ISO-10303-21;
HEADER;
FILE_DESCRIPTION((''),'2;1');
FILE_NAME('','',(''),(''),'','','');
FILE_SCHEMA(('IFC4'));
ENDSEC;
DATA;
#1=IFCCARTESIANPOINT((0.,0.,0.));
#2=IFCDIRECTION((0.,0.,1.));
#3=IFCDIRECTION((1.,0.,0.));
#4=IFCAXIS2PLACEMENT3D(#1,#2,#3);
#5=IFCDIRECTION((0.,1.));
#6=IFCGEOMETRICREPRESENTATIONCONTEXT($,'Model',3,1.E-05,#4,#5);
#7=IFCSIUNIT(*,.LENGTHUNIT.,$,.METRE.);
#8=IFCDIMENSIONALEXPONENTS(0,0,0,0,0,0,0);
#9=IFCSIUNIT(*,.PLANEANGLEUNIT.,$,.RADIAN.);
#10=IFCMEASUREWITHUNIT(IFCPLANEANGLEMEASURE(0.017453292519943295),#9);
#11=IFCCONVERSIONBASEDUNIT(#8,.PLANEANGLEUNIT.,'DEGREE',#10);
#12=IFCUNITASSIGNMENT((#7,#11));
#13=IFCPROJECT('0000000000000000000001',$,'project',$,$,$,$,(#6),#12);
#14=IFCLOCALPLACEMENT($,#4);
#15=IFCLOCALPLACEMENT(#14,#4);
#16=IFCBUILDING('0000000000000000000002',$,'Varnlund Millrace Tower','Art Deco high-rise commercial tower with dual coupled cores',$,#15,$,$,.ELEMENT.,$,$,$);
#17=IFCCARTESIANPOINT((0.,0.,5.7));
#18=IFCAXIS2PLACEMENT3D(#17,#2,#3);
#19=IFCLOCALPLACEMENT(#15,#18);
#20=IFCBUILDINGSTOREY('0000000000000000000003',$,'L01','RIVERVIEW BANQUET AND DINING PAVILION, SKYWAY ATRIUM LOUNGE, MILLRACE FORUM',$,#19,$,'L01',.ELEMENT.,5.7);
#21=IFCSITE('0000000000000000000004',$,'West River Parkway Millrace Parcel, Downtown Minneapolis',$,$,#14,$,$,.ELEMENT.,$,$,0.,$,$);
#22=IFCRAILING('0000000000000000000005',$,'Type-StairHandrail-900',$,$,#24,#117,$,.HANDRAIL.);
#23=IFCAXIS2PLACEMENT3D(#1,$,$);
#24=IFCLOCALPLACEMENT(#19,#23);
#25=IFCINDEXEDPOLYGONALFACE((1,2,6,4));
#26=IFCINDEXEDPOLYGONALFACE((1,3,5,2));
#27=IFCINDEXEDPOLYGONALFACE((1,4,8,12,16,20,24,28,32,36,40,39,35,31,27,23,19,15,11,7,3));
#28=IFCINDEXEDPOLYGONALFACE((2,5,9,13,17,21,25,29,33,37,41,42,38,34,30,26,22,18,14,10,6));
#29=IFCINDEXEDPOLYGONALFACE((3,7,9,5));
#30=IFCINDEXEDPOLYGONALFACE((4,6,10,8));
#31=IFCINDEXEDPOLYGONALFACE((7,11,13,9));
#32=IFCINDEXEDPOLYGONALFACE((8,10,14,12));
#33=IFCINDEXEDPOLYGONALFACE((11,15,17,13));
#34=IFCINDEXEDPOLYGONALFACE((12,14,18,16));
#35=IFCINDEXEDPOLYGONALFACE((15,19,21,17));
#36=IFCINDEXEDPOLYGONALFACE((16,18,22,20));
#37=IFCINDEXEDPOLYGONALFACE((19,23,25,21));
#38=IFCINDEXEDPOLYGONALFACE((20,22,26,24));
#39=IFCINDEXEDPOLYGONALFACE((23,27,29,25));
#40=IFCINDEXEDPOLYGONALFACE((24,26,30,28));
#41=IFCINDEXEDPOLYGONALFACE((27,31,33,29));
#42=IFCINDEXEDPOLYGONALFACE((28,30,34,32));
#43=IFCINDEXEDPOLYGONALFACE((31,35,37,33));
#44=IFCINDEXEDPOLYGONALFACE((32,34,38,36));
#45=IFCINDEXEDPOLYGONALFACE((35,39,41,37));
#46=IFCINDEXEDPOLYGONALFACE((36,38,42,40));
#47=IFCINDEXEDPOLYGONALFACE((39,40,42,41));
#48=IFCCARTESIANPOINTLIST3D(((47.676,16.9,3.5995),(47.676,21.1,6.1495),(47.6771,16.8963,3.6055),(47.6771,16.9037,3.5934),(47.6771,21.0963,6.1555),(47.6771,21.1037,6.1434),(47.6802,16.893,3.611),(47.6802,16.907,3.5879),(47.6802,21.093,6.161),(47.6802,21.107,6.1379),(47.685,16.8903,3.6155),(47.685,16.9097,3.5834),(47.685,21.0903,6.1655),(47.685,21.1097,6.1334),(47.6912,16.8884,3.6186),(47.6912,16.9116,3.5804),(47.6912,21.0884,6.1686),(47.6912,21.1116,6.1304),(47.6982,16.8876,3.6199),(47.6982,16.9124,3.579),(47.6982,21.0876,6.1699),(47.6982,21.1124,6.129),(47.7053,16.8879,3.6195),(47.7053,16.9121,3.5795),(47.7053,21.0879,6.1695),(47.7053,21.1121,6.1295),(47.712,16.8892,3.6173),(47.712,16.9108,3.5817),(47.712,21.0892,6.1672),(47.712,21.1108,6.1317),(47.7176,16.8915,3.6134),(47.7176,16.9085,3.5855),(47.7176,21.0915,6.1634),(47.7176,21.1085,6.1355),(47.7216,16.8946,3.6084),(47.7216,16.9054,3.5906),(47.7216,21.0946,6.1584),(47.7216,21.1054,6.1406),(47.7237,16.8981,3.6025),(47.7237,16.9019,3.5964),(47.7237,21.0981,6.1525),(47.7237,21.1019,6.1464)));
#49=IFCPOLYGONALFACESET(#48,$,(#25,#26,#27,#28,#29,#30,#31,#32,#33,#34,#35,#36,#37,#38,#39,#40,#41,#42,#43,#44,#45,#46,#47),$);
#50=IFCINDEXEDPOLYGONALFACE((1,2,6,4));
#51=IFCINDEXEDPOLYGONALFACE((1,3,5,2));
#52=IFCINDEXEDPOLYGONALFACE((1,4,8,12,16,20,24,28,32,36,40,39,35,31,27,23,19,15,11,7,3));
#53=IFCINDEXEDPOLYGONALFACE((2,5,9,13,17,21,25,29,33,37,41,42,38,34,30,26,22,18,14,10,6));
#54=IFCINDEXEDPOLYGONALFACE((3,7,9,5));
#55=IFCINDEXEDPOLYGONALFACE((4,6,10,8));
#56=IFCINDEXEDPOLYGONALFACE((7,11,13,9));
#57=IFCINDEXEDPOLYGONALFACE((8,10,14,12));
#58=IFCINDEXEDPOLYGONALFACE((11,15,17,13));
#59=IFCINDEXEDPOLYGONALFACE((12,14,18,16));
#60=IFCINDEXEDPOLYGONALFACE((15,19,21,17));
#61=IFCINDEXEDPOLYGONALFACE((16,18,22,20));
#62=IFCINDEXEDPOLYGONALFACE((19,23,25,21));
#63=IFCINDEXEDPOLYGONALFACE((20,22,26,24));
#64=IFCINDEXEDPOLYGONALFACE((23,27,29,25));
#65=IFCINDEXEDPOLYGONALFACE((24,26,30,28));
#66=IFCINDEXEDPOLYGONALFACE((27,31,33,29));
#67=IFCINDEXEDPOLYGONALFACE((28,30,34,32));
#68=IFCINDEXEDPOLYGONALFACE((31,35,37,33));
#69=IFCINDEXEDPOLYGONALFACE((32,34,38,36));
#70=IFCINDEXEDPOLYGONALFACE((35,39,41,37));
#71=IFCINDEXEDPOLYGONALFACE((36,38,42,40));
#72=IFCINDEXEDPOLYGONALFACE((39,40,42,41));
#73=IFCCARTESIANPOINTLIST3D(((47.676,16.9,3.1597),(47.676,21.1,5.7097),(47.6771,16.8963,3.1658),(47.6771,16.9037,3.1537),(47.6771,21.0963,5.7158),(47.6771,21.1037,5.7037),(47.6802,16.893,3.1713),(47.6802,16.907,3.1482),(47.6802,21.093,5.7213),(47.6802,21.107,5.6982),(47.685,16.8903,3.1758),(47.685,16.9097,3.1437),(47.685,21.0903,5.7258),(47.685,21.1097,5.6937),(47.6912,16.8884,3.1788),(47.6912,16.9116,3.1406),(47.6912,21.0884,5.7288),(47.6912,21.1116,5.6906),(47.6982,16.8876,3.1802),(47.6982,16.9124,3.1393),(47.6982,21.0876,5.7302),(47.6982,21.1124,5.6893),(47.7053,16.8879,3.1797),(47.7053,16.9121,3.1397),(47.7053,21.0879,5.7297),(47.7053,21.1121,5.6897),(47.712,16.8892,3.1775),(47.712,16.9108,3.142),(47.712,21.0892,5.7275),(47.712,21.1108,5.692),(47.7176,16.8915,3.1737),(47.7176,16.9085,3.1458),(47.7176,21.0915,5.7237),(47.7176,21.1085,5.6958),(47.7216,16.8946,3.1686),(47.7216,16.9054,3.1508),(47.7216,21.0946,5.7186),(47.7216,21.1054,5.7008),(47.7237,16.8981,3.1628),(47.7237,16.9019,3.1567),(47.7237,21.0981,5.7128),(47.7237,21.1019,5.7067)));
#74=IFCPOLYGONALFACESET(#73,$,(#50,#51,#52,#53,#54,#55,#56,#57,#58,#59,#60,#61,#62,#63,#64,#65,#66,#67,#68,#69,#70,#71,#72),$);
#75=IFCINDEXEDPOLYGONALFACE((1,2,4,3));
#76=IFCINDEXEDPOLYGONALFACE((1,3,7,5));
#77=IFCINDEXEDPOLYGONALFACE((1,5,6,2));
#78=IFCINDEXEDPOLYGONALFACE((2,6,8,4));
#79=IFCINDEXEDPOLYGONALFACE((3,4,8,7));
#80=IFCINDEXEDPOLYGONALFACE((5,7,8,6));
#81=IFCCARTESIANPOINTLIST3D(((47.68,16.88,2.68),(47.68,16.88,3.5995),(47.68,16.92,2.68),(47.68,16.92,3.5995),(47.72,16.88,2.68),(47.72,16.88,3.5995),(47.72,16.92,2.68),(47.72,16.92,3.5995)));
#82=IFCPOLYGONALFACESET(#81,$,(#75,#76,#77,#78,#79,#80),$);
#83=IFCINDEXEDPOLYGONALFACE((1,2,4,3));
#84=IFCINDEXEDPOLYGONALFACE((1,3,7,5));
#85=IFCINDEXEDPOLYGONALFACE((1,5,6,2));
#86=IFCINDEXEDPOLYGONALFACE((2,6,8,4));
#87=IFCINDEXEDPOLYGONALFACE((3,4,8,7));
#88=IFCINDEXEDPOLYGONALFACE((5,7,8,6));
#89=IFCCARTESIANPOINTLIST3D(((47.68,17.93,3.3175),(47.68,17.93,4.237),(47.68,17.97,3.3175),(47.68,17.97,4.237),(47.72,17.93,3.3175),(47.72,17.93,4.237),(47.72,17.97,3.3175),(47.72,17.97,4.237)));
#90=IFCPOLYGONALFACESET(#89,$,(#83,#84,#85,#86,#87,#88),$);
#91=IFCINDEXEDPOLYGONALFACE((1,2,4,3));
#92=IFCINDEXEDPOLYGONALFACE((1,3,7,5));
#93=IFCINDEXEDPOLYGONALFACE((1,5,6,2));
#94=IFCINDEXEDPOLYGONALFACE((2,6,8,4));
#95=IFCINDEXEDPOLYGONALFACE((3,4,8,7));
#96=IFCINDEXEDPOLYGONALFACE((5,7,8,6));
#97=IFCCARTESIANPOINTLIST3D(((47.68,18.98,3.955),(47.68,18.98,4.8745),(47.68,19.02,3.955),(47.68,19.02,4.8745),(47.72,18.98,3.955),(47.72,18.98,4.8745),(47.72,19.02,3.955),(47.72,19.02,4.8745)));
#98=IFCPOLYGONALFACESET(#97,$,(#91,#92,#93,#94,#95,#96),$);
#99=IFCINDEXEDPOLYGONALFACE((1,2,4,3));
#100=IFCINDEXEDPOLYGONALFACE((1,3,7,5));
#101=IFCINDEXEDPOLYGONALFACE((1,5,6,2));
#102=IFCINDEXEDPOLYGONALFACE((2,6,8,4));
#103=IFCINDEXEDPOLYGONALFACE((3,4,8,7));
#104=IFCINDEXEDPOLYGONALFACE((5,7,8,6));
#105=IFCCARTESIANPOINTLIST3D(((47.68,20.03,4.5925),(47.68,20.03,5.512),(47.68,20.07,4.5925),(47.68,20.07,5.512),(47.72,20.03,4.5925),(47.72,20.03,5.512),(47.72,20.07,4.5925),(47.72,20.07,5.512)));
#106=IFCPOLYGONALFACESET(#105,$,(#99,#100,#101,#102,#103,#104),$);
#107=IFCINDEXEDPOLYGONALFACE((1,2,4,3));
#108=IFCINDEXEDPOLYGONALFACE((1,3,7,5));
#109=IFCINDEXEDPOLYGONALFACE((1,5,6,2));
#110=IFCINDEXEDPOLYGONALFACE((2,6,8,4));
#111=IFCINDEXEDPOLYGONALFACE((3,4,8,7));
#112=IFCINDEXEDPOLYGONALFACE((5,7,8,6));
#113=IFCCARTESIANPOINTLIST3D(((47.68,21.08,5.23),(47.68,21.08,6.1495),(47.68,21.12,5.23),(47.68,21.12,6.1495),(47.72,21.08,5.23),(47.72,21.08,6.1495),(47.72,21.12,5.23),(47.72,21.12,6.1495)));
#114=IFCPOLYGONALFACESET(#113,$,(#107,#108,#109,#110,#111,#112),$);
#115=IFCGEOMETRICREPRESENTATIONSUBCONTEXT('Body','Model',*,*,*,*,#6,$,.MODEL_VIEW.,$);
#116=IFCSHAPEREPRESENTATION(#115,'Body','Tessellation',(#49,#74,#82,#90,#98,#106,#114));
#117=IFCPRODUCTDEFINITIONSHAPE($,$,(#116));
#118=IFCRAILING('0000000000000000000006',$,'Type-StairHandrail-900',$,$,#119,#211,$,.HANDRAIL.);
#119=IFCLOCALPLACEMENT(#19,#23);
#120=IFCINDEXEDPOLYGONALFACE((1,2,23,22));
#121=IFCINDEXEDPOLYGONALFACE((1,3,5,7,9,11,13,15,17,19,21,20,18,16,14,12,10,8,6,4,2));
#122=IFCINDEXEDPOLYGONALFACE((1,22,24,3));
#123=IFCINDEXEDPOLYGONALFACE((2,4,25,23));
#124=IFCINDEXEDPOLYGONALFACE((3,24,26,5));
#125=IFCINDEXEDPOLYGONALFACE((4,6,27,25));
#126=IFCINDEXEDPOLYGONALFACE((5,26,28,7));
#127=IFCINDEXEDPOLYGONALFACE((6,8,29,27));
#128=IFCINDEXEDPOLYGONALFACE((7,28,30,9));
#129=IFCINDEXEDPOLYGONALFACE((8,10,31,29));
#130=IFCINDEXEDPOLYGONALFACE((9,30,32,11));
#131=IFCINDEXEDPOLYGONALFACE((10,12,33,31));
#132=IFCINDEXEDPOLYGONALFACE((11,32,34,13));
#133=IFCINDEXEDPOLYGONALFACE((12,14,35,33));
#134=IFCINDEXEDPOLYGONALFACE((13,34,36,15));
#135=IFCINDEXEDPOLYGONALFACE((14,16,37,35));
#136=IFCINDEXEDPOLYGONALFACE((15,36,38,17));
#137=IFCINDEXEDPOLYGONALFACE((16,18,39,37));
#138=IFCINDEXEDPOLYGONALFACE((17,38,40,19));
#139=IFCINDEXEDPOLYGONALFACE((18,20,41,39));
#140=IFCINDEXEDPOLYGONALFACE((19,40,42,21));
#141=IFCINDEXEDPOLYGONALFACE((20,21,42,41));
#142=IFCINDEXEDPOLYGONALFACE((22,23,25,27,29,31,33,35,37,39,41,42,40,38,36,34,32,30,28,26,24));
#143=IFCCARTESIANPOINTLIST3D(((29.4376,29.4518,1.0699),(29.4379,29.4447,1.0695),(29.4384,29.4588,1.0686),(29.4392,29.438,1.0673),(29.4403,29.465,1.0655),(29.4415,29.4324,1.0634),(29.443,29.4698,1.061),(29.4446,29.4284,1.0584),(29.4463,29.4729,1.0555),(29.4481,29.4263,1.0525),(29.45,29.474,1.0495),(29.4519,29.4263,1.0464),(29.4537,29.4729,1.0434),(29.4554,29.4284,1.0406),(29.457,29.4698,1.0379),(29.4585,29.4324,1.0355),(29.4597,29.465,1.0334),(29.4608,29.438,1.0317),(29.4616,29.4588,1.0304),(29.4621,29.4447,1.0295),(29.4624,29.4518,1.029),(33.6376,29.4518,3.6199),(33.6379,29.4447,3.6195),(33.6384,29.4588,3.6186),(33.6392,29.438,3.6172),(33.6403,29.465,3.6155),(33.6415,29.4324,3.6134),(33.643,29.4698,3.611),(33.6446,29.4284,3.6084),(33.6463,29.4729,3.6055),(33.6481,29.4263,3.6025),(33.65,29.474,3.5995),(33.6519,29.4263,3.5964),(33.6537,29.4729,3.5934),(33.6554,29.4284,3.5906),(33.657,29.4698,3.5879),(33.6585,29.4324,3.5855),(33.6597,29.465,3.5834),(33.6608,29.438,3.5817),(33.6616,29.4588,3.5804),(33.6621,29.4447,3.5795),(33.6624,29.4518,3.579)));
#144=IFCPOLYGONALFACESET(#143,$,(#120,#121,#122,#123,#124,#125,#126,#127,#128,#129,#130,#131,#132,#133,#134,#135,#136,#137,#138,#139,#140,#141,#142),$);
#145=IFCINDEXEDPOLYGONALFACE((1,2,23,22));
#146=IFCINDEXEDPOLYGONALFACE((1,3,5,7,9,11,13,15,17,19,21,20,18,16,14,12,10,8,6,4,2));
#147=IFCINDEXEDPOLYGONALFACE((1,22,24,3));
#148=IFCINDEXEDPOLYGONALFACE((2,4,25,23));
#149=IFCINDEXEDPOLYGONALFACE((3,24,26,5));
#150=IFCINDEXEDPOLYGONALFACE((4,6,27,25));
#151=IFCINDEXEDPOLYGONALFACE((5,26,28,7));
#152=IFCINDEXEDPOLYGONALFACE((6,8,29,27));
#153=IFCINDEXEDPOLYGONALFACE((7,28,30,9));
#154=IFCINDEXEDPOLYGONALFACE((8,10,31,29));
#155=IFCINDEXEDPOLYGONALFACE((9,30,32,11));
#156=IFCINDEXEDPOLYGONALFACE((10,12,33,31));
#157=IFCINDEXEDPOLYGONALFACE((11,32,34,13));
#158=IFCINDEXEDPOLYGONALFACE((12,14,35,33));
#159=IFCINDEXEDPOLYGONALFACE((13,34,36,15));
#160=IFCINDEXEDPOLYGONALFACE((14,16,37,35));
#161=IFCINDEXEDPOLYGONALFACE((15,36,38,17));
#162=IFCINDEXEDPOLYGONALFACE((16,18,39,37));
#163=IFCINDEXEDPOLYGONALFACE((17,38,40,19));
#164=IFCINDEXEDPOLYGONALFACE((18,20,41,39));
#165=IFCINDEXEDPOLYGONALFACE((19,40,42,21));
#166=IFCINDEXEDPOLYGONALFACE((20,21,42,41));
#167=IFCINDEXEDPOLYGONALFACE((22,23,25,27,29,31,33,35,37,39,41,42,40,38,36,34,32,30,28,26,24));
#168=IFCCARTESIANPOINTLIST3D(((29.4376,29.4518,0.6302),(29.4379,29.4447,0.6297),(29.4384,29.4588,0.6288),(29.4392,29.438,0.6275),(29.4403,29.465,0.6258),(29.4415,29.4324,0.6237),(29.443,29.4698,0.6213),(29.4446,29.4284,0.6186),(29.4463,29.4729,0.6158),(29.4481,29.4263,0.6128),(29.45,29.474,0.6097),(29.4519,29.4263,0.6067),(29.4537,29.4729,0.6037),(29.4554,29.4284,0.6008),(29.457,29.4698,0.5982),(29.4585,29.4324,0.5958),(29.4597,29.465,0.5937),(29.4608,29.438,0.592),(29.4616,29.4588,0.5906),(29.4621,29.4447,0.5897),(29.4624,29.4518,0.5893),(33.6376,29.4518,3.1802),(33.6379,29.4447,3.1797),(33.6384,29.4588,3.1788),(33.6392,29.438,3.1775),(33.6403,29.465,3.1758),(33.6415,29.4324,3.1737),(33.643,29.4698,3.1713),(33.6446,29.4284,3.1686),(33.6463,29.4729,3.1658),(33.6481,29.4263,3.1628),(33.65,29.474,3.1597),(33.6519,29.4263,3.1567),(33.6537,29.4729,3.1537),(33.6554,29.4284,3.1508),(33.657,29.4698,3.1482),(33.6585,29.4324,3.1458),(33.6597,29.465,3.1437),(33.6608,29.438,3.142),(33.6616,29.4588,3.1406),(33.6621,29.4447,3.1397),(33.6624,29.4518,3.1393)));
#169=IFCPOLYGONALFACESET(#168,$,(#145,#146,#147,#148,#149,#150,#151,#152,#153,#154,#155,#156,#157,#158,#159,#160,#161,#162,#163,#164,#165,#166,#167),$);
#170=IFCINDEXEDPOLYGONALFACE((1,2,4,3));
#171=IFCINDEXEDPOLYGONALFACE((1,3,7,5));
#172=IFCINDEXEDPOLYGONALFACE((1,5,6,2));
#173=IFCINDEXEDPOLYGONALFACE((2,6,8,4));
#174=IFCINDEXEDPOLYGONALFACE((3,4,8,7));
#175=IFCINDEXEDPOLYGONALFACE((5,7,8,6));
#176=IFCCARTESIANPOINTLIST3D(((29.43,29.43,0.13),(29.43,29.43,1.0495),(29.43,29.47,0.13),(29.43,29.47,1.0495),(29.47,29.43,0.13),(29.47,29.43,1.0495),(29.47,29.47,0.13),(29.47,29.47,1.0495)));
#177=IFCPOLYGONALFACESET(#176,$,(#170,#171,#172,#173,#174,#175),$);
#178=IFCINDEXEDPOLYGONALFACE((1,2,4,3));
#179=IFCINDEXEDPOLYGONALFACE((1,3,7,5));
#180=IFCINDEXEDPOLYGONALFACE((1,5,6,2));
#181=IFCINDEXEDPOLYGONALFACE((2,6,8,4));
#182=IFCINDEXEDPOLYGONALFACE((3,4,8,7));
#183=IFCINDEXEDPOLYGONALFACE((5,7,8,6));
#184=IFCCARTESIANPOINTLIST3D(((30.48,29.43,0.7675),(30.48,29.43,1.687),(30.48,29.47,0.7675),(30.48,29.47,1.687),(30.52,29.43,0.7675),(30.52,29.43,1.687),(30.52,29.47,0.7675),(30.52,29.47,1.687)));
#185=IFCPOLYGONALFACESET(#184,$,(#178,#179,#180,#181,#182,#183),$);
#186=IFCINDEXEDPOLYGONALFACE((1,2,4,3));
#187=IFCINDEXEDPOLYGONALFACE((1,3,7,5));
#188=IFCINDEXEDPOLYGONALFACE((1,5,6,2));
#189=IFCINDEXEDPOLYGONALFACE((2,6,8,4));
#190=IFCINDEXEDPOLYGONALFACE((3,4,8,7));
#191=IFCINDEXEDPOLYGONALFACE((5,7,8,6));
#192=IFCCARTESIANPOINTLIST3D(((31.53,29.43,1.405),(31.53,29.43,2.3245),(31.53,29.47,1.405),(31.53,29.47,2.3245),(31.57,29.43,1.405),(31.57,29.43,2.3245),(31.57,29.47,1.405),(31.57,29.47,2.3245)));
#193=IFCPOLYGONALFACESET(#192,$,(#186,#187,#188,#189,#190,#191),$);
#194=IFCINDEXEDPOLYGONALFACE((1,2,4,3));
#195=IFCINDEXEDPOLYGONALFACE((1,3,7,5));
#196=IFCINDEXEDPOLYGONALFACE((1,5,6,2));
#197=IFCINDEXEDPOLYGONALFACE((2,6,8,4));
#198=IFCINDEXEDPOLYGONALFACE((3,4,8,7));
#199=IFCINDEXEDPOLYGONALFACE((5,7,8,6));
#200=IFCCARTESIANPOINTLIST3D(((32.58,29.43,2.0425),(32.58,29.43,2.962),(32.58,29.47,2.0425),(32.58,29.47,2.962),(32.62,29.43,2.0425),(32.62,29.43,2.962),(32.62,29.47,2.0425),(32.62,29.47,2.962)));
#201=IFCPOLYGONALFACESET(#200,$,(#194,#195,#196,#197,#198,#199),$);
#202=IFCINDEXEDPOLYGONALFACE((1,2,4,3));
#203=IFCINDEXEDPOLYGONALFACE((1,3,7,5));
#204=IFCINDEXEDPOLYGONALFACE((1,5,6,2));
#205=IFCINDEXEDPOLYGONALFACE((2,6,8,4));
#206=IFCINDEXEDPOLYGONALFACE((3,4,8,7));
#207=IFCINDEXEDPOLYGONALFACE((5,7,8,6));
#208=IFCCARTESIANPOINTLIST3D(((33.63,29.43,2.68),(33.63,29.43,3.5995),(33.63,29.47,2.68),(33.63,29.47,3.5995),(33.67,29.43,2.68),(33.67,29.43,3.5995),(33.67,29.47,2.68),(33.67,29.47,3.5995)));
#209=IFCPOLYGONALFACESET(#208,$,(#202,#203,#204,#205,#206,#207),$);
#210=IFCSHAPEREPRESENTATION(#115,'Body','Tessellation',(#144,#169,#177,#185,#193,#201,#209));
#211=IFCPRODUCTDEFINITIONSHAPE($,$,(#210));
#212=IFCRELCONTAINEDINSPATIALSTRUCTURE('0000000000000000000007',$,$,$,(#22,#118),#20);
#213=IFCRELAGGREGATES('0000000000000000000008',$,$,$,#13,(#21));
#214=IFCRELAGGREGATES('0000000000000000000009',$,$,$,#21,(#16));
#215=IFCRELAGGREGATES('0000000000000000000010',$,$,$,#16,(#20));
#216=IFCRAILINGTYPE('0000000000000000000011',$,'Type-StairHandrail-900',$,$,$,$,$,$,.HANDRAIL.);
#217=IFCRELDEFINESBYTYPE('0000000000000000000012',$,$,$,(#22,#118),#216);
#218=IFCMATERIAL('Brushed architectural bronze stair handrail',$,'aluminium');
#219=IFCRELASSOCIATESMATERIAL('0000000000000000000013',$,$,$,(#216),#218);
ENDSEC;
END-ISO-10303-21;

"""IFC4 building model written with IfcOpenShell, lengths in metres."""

from ifc_helpers import new_model, entity, si_unit, converted_unit, direction, frame, origin_with_axes, origin_2d_with_axis, place, context, subcontext, project, spatial, rectangle, circle, extrude, material, type_object, element, save


model = new_model("IFC4")

# Units and contexts
model_context = context("Model", 3, precision=1e-05, world=origin_with_axes(), true_north=direction((0.0, 1.0)))
body_context = subcontext(model_context, "Body", "Model", "MODEL_VIEW")
ifc_project = project(units=[si_unit("LENGTHUNIT", "METRE"), converted_unit("PLANEANGLEUNIT", "DEGREE", entity("IfcPlaneAngleMeasure", 0.017453292519943295), si_unit("PLANEANGLEUNIT", "RADIAN"), dimensions=[0, 0, 0, 0, 0, 0, 0])], contexts=[model_context])

# Site, building, storey
site_placement = place(None, origin_with_axes())
site = spatial("IfcSite", under=ifc_project, at=site_placement, Name="West River Parkway Millrace Parcel, Downtown Minneapolis", CompositionType="ELEMENT", RefElevation=0.0)
building_placement = place(site_placement, origin_with_axes())
building = spatial("IfcBuilding", under=site, at=building_placement, Name="Varnlund Millrace Tower", Description="Art Deco high-rise commercial tower with dual coupled cores", CompositionType="ELEMENT")
storey_placement = place(building_placement, frame((0.0, 0.0, 5.7), z_axis=(0.0, 0.0, 1.0), x_axis=(1.0, 0.0, 0.0)))
storey = spatial("IfcBuildingStorey", under=building, at=storey_placement, Name="L01", Description="RIVERVIEW BANQUET AND DINING PAVILION, SKYWAY ATRIUM LOUNGE, MILLRACE FORUM", LongName="L01", CompositionType="ELEMENT", Elevation=5.7)

# Railings
ifc_material_1 = material(Name="Brushed architectural bronze stair handrail", Category="aluminium")
railing_type_1 = type_object("IfcRailingType", Name="Type-StairHandrail-900", PredefinedType="HANDRAIL", material=ifc_material_1)
railing_1_placement = place(storey_placement, frame((0.0, 0.0, -5.7), z_axis=(0.0, 0.0, 1.0), x_axis=(1.0, 0.0, 0.0)))
element("IfcRailing", 1, at=railing_1_placement, inside=storey, type_object=railing_type_1, Name="Type-StairHandrail-900", PredefinedType="HANDRAIL", context=body_context, shape_type="SweptSolid", body=[
    extrude(circle(Radius=0.024, at=origin_2d_with_axis()), frame((47.7, 16.9, 9.2995), z_axis=(0.0, 0.854788, 0.518978), x_axis=(-1.0, 0.0, 0.0)), (0.0, 0.0, 1.0), 4.9135),
    extrude(circle(Radius=0.024, at=origin_2d_with_axis()), frame((47.7, 16.9, 8.8597), z_axis=(0.0, 0.854788, 0.518978), x_axis=(-1.0, 0.0, 0.0)), (0.0, 0.0, 1.0), 4.9135),
    extrude(rectangle(XDim=0.04, YDim=0.04, at=origin_2d_with_axis()), frame((47.7, 16.9, 8.38), z_axis=(0.0, 0.0, 1.0), x_axis=(1.0, 0.0, 0.0)), (0.0, 0.0, 1.0), 0.9195),
    extrude(rectangle(XDim=0.04, YDim=0.04, at=origin_2d_with_axis()), frame((47.7, 17.95, 9.0175), z_axis=(0.0, 0.0, 1.0), x_axis=(1.0, 0.0, 0.0)), (0.0, 0.0, 1.0), 0.9195),
    extrude(rectangle(XDim=0.04, YDim=0.04, at=origin_2d_with_axis()), frame((47.7, 19.0, 9.655), z_axis=(0.0, 0.0, 1.0), x_axis=(1.0, 0.0, 0.0)), (0.0, 0.0, 1.0), 0.9195),
    extrude(rectangle(XDim=0.04, YDim=0.04, at=origin_2d_with_axis()), frame((47.7, 20.05, 10.2925), z_axis=(0.0, 0.0, 1.0), x_axis=(1.0, 0.0, 0.0)), (0.0, 0.0, 1.0), 0.9195),
    extrude(rectangle(XDim=0.04, YDim=0.04, at=origin_2d_with_axis()), frame((47.7, 21.1, 10.93), z_axis=(0.0, 0.0, 1.0), x_axis=(1.0, 0.0, 0.0)), (0.0, 0.0, 1.0), 0.9195),
])
railing_2_placement = place(storey_placement, frame((0.0, 0.0, -5.7), z_axis=(0.0, 0.0, 1.0), x_axis=(1.0, 0.0, 0.0)))
element("IfcRailing", 2, at=railing_2_placement, inside=storey, type_object=railing_type_1, Name="Type-StairHandrail-900", PredefinedType="HANDRAIL", context=body_context, shape_type="SweptSolid", body=[
    extrude(circle(Radius=0.024, at=origin_2d_with_axis()), frame((29.45, 29.45, 6.7495), z_axis=(0.854788, 0.0, 0.518978), x_axis=(0.0, 1.0, 0.0)), (0.0, 0.0, 1.0), 4.9135),
    extrude(circle(Radius=0.024, at=origin_2d_with_axis()), frame((29.45, 29.45, 6.3097), z_axis=(0.854788, 0.0, 0.518978), x_axis=(0.0, 1.0, 0.0)), (0.0, 0.0, 1.0), 4.9135),
    extrude(rectangle(XDim=0.04, YDim=0.04, at=origin_2d_with_axis()), frame((29.45, 29.45, 5.83), z_axis=(0.0, 0.0, 1.0), x_axis=(1.0, 0.0, 0.0)), (0.0, 0.0, 1.0), 0.9195),
    extrude(rectangle(XDim=0.04, YDim=0.04, at=origin_2d_with_axis()), frame((30.5, 29.45, 6.4675), z_axis=(0.0, 0.0, 1.0), x_axis=(1.0, 0.0, 0.0)), (0.0, 0.0, 1.0), 0.9195),
    extrude(rectangle(XDim=0.04, YDim=0.04, at=origin_2d_with_axis()), frame((31.55, 29.45, 7.105), z_axis=(0.0, 0.0, 1.0), x_axis=(1.0, 0.0, 0.0)), (0.0, 0.0, 1.0), 0.9195),
    extrude(rectangle(XDim=0.04, YDim=0.04, at=origin_2d_with_axis()), frame((32.6, 29.45, 7.7425), z_axis=(0.0, 0.0, 1.0), x_axis=(1.0, 0.0, 0.0)), (0.0, 0.0, 1.0), 0.9195),
    extrude(rectangle(XDim=0.04, YDim=0.04, at=origin_2d_with_axis()), frame((33.65, 29.45, 8.38), z_axis=(0.0, 0.0, 1.0), x_axis=(1.0, 0.0, 0.0)), (0.0, 0.0, 1.0), 0.9195),
])

save(model, "model.ifc")
